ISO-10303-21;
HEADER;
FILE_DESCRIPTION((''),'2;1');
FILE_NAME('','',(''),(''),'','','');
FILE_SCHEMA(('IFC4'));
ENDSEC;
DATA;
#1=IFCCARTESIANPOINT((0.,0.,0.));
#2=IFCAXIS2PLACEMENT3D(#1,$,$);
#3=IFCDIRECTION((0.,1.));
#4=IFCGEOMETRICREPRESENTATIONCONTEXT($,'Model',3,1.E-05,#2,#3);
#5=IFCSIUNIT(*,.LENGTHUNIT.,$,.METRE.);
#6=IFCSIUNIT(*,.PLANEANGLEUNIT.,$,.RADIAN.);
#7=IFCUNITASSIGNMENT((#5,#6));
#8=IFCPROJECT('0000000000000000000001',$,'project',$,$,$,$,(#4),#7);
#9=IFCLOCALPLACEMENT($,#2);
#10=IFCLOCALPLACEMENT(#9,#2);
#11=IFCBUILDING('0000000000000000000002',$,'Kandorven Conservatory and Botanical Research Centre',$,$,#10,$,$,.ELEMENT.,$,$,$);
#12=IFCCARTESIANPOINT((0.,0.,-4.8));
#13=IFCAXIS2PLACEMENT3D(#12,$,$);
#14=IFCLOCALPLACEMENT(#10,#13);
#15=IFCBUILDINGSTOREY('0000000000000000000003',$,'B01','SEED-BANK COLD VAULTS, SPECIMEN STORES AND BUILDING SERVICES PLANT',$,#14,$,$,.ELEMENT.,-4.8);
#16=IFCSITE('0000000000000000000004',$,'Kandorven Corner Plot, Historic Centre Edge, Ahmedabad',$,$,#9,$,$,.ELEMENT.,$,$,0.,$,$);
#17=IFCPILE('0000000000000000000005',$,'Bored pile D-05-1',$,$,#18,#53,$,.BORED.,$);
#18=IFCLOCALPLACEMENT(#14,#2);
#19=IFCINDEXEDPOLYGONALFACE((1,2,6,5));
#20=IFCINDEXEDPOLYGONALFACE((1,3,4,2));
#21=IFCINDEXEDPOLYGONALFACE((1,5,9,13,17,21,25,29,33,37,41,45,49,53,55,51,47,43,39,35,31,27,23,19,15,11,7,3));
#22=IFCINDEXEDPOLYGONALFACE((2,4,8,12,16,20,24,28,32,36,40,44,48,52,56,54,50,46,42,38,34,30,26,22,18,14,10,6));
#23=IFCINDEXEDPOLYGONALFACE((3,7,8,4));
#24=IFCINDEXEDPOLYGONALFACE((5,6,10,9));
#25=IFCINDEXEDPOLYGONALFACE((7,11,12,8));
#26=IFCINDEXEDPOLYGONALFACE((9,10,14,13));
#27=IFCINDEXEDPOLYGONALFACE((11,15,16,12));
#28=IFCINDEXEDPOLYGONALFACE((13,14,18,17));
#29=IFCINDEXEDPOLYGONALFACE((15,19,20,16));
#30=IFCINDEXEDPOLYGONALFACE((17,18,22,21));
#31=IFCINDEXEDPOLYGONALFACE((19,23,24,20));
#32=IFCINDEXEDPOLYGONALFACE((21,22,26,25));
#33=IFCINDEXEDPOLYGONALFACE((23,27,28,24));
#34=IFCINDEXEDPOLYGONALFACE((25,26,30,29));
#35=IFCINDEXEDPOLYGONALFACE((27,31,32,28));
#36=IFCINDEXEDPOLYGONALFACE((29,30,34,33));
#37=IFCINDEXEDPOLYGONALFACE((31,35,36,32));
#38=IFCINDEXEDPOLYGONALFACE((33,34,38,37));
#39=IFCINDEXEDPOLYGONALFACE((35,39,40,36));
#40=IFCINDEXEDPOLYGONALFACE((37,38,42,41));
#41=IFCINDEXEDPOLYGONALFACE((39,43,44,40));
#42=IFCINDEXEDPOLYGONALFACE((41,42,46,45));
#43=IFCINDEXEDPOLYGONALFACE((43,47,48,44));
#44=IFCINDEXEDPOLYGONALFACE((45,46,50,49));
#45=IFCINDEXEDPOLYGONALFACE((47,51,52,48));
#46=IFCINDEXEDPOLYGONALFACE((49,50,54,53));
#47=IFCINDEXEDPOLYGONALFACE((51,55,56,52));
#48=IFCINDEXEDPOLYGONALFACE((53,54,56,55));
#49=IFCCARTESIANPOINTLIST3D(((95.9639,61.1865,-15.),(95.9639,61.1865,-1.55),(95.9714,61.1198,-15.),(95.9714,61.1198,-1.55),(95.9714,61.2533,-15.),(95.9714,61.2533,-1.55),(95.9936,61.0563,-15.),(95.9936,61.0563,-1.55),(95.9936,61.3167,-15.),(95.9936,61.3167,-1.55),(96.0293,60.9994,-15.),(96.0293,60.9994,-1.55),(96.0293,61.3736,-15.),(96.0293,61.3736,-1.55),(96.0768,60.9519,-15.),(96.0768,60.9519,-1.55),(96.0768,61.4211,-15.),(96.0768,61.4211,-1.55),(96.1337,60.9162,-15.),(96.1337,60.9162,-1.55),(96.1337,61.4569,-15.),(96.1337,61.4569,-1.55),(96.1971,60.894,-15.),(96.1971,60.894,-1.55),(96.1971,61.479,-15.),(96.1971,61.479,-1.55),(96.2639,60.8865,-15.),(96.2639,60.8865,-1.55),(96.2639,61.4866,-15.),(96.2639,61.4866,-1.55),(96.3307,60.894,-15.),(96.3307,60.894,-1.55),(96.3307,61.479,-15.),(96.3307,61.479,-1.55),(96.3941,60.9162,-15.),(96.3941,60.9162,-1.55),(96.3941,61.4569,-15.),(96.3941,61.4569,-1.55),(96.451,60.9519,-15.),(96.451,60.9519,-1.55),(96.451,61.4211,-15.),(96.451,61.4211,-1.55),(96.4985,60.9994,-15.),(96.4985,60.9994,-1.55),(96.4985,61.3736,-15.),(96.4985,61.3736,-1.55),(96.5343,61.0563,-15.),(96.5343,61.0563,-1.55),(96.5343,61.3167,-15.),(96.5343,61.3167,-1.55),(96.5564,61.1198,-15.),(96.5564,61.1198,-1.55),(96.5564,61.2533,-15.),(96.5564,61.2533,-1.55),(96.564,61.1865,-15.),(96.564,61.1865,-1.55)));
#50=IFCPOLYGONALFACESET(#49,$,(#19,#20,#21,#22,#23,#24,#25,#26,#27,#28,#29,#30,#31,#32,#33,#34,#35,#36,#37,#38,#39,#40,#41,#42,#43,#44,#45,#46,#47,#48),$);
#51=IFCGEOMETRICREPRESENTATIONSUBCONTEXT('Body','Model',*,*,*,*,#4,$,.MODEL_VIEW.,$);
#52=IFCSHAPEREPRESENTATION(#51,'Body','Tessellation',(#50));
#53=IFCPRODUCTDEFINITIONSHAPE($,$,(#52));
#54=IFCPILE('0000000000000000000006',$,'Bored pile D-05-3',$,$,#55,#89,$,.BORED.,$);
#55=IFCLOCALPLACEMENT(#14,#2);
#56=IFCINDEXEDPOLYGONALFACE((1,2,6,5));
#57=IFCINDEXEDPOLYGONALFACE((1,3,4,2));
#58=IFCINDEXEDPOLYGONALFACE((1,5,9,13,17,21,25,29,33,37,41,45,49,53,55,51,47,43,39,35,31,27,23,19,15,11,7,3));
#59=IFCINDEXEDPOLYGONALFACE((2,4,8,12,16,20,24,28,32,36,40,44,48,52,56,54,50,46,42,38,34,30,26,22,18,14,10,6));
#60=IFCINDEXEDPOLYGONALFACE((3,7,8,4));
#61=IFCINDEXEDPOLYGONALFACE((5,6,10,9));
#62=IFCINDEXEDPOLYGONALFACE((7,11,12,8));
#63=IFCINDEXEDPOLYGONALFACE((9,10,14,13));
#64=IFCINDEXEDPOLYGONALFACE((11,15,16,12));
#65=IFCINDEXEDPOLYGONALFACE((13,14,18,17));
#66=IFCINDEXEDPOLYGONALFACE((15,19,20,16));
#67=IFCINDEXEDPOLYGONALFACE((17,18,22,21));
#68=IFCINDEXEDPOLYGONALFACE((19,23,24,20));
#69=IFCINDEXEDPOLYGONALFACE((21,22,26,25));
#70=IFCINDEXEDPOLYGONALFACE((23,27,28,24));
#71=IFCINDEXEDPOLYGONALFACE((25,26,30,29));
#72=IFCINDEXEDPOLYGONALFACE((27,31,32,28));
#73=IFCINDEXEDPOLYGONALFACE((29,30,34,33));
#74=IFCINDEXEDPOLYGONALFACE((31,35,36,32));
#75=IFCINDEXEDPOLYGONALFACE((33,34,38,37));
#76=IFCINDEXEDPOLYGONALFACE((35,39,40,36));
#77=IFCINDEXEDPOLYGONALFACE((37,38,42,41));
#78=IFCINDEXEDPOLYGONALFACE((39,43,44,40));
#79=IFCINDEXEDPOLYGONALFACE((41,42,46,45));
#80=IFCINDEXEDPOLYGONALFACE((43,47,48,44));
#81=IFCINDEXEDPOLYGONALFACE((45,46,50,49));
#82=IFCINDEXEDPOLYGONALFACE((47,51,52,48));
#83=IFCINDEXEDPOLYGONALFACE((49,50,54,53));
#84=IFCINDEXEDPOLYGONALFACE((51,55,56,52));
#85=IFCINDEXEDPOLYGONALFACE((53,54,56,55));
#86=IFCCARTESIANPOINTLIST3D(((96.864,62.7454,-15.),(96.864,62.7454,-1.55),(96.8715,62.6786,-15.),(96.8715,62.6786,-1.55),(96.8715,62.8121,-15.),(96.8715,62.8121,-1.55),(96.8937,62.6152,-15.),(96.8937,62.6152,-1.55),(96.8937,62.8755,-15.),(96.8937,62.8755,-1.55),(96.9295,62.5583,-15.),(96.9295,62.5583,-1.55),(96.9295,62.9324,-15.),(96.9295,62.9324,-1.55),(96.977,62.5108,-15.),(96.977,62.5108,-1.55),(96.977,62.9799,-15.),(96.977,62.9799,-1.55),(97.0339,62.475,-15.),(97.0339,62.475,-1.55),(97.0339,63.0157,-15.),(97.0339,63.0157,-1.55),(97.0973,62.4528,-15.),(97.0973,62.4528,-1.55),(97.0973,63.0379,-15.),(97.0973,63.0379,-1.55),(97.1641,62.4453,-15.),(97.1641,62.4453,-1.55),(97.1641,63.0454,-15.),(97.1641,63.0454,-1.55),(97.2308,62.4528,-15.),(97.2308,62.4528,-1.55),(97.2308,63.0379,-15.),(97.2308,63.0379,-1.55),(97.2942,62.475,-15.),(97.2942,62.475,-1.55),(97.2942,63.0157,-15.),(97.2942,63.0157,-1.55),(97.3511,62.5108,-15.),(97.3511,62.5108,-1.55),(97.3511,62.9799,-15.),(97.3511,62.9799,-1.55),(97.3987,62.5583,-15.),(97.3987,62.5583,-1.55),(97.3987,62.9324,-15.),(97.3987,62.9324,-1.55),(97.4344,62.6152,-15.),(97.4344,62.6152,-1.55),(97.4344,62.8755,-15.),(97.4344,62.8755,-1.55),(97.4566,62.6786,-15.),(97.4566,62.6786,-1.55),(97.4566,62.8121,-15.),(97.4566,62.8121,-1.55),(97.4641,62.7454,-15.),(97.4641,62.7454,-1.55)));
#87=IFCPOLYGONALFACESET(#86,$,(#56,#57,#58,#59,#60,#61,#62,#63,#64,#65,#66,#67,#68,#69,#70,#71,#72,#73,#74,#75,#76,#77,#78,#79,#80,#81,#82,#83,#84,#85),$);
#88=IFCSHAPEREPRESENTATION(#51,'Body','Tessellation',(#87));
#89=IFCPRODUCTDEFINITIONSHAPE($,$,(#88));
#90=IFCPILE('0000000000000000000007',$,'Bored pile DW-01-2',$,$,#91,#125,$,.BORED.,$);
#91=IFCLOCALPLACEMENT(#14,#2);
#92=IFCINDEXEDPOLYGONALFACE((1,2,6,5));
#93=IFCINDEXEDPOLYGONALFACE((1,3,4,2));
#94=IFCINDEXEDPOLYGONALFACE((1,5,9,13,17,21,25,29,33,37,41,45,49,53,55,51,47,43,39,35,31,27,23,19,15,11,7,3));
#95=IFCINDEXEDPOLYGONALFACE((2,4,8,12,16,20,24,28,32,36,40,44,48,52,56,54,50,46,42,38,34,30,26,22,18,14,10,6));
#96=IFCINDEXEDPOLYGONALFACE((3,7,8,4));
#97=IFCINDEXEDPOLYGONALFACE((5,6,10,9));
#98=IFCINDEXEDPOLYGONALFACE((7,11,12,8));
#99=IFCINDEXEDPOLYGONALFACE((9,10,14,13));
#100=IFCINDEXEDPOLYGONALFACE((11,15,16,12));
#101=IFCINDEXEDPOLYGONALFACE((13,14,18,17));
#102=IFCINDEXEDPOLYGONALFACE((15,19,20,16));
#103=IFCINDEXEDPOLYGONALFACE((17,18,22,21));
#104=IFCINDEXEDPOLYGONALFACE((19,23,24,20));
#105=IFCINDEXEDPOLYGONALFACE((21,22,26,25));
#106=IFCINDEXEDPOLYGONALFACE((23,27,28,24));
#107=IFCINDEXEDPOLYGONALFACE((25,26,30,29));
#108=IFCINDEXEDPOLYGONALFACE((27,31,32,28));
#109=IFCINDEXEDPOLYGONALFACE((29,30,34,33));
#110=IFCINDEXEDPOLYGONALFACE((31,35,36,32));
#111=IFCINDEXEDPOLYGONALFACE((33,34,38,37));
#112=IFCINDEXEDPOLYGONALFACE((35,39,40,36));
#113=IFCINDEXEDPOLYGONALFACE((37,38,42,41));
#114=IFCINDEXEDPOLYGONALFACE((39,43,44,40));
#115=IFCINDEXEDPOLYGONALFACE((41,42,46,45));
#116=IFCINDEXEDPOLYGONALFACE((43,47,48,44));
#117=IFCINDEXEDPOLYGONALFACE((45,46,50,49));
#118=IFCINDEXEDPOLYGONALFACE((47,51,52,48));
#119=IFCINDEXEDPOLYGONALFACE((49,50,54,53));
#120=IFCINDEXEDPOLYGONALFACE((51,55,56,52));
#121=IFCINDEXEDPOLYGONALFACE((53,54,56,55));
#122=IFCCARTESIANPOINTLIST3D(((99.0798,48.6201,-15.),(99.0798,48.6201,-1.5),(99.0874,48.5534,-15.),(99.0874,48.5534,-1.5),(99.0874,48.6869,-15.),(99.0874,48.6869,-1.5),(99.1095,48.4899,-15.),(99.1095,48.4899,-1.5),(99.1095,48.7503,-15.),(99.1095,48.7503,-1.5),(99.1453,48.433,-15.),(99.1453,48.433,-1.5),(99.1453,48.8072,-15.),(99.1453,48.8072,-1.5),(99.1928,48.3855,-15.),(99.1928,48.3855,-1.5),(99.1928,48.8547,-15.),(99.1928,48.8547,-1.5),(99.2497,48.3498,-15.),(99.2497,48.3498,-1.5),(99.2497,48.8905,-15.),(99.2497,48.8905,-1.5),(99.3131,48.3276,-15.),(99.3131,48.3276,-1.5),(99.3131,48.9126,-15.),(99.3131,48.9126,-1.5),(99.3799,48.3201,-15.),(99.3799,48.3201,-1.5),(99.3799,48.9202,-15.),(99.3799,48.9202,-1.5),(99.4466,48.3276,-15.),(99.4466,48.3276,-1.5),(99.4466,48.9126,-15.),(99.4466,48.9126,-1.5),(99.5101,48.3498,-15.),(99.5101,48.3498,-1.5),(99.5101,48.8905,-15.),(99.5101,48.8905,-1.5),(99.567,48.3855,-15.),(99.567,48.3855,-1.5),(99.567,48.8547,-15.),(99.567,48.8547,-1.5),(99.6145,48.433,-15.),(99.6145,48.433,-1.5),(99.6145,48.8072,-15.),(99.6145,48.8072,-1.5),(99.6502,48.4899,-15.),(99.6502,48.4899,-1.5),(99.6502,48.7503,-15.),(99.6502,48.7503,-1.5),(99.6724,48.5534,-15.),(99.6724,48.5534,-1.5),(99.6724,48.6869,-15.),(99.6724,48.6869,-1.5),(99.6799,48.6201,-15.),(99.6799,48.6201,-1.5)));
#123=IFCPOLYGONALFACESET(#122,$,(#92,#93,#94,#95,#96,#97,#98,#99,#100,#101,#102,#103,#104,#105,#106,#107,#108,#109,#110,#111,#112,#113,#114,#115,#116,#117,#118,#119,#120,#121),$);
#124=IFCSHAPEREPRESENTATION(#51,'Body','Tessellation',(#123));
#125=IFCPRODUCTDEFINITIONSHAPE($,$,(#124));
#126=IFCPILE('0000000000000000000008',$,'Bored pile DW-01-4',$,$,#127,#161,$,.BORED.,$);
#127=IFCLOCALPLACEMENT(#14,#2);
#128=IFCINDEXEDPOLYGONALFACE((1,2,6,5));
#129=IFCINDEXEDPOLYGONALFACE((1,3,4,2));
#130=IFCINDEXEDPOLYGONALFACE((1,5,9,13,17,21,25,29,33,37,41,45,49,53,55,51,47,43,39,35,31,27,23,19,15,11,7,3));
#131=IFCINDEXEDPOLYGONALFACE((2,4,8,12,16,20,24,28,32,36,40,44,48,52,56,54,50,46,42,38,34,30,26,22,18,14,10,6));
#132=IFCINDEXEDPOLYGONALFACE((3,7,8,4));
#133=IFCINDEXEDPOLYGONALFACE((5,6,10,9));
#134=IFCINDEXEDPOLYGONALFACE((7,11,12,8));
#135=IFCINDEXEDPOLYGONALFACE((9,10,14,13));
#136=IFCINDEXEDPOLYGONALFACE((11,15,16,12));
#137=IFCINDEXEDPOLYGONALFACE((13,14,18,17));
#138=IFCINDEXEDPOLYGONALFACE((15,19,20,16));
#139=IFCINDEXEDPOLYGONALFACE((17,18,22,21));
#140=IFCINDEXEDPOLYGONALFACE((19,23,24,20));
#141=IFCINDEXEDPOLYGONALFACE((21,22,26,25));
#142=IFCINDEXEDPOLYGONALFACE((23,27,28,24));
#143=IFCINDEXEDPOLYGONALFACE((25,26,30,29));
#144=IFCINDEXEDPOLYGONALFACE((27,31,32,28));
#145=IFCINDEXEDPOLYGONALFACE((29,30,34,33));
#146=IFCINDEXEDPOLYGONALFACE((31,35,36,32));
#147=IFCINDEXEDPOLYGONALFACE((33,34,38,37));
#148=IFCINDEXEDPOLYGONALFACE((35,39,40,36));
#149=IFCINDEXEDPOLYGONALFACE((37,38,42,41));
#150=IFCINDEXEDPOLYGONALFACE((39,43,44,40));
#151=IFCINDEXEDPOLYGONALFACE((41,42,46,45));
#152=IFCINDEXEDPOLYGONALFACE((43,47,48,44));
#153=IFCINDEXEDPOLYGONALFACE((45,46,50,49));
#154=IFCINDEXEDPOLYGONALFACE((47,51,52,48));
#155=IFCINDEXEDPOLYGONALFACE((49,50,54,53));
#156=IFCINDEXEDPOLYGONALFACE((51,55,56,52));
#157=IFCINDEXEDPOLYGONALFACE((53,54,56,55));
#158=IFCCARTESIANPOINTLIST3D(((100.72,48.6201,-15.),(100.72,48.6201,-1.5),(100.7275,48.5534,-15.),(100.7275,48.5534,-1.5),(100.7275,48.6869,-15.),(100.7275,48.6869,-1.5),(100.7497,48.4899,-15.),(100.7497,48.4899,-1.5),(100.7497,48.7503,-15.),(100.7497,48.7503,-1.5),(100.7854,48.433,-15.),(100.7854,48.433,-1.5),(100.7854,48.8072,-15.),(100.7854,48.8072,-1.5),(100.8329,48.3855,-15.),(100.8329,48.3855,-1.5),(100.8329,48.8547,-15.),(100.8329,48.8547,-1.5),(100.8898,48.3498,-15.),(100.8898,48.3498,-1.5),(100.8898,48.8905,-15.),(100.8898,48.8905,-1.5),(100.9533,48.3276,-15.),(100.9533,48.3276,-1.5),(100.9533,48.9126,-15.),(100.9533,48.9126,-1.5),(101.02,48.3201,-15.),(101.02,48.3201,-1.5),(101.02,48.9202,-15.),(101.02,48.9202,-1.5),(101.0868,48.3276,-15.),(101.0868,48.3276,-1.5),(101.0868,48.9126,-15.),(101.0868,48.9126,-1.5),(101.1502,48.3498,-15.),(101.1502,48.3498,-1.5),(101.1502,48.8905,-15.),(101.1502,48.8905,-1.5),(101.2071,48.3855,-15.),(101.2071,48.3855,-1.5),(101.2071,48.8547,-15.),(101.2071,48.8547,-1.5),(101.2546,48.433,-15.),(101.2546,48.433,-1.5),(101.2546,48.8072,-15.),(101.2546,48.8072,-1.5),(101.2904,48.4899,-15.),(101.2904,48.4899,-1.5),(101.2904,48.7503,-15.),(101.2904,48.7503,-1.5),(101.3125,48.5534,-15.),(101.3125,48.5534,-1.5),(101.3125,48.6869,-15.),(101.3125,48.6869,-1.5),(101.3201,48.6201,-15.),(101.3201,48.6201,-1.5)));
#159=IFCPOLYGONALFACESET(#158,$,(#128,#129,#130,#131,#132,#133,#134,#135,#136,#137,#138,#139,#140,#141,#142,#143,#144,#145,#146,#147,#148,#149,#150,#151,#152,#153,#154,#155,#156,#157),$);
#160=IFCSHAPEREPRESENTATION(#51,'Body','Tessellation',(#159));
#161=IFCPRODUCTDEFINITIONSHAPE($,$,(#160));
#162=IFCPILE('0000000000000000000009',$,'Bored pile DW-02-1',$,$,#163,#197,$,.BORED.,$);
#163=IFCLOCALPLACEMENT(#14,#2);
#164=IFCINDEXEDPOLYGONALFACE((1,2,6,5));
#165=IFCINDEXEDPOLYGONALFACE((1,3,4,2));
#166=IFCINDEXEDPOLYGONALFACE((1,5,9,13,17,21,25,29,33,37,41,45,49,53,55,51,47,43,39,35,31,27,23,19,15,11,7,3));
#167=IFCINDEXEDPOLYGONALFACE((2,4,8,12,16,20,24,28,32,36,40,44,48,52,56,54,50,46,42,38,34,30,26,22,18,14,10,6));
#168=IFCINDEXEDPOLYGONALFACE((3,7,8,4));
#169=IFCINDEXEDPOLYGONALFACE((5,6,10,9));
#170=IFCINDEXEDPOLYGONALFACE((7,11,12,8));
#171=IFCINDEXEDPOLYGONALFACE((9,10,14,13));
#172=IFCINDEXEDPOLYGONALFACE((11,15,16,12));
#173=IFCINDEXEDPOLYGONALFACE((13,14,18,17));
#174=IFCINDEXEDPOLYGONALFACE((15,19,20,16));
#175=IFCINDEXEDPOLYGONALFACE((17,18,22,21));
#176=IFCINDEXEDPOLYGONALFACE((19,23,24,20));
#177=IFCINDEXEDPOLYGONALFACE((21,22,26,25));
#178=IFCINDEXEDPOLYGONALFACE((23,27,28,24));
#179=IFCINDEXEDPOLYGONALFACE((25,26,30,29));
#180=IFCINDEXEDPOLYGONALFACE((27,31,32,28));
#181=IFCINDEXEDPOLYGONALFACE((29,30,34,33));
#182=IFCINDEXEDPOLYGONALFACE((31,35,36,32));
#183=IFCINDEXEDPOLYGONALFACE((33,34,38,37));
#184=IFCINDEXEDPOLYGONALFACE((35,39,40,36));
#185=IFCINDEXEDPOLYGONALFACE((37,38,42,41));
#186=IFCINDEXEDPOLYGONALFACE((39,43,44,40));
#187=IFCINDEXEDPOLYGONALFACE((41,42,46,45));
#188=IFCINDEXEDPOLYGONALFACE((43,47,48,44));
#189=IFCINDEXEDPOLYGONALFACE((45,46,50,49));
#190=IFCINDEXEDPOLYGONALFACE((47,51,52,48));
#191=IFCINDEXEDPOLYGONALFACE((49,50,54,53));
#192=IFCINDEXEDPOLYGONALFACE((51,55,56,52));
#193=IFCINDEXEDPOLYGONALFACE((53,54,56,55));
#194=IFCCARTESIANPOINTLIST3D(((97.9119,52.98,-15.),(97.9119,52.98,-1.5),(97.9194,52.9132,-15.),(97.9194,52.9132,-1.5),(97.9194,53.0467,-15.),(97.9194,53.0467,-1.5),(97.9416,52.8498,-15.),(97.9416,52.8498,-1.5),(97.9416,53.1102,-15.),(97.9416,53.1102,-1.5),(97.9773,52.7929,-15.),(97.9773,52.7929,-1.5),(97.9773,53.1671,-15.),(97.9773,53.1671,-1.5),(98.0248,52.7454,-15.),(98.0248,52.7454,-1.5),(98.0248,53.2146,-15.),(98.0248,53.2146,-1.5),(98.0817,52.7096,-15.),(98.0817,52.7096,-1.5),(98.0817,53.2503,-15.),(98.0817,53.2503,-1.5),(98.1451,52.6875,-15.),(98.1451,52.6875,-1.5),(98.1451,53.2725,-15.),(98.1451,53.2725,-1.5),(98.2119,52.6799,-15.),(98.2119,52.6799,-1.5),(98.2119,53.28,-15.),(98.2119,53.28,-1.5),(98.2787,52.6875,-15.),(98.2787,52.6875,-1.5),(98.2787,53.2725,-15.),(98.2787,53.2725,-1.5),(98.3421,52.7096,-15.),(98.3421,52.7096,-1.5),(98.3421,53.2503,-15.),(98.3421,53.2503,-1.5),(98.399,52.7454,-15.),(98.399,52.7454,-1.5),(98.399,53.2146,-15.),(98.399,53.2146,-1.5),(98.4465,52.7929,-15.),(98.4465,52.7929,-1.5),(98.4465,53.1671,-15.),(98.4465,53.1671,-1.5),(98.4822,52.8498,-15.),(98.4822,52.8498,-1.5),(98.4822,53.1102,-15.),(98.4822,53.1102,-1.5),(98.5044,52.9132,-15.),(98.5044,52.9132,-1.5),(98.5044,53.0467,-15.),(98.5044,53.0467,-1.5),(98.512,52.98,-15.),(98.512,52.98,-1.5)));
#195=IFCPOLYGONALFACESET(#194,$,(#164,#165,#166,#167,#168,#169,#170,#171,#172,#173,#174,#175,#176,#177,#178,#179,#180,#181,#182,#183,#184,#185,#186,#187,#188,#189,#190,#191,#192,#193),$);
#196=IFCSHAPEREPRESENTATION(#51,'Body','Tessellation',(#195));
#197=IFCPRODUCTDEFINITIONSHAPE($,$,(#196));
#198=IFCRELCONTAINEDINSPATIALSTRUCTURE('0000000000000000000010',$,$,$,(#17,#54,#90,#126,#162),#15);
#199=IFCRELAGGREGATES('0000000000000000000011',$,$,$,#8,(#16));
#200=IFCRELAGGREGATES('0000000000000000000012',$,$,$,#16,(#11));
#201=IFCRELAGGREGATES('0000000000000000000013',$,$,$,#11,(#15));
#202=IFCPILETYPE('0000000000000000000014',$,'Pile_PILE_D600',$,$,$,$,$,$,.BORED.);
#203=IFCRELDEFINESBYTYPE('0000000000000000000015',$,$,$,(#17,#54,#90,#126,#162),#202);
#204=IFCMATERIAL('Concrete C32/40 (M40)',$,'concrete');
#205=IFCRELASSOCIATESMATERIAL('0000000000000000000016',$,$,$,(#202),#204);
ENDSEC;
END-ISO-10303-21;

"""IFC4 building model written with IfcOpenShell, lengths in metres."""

from ifc_helpers import new_model, si_unit, direction, frame, origin, origin_2d, place, context, subcontext, project, spatial, circle, extrude, material, material_profile, profile_set, type_object, element, save


model = new_model("IFC4")

# Units and contexts
model_context = context("Model", 3, precision=1e-05, world=origin(), true_north=direction((0.0, 1.0)))
body_context = subcontext(model_context, "Body", "Model", "MODEL_VIEW")
ifc_project = project(units=[si_unit("LENGTHUNIT", "METRE"), si_unit("PLANEANGLEUNIT", "RADIAN")], contexts=[model_context])

# Site, building, storey
site_placement = place(None, origin())
site = spatial("IfcSite", under=ifc_project, at=site_placement, Name="Kandorven Corner Plot, Historic Centre Edge, Ahmedabad", CompositionType="ELEMENT", RefElevation=0.0)
building_placement = place(site_placement, origin())
building = spatial("IfcBuilding", under=site, at=building_placement, Name="Kandorven Conservatory and Botanical Research Centre", CompositionType="ELEMENT")
storey_placement = place(building_placement, frame((0.0, 0.0, -4.8)))
storey = spatial("IfcBuildingStorey", under=building, at=storey_placement, Name="B01", Description="SEED-BANK COLD VAULTS, SPECIMEN STORES AND BUILDING SERVICES PLANT", CompositionType="ELEMENT", Elevation=-4.8)

# Piles
ifc_material_1 = material(Name="Concrete C32/40 (M40)", Category="concrete")
ifc_material_profile_1 = material_profile(ifc_material_1, circle(Radius=0.3, at=origin_2d()))
ifc_profile_set_1 = profile_set([ifc_material_profile_1], Name="Concrete C32/40 (M40)")
pile_type = type_object("IfcPileType", Name="Pile_PILE_D600", PredefinedType="BORED", material=ifc_profile_set_1)
for number, where, z_axis, x_axis, name in (
    (1, (96.2639, 61.1865, -1.55), (0.0, 0.0, -1.0), (1.0, 0.0, 0.0), "Bored pile D-05-1"),
    (2, (97.1641, 62.7454, -1.55), (0.0, 0.0, -1.0), (1.0, 0.0, 0.0), "Bored pile D-05-3"),
):
    element("IfcPile", number, at=place(storey_placement, frame(where, z_axis=z_axis, x_axis=x_axis)), inside=storey, type_object=pile_type, Name=name, PredefinedType="BORED", context=body_context, shape_type="SweptSolid", body=[
        extrude(circle(Radius=0.3, at=origin_2d()), origin(), (0.0, 0.0, 1.0), 13.45),
    ])
for number, where, z_axis, x_axis, name in (
    (3, (99.3799, 48.6201, -1.5), (0.0, 0.0, -1.0), (1.0, 0.0, 0.0), "Bored pile DW-01-2"),
    (4, (101.02, 48.6201, -1.5), (0.0, 0.0, -1.0), (1.0, 0.0, 0.0), "Bored pile DW-01-4"),
    (5, (98.2119, 52.98, -1.5), (0.0, 0.0, -1.0), (1.0, 0.0, 0.0), "Bored pile DW-02-1"),
):
    element("IfcPile", number, at=place(storey_placement, frame(where, z_axis=z_axis, x_axis=x_axis)), inside=storey, type_object=pile_type, Name=name, PredefinedType="BORED", context=body_context, shape_type="SweptSolid", body=[
        extrude(circle(Radius=0.3, at=origin_2d()), origin(), (0.0, 0.0, 1.0), 13.5),
    ])

save(model, "model.ifc")
